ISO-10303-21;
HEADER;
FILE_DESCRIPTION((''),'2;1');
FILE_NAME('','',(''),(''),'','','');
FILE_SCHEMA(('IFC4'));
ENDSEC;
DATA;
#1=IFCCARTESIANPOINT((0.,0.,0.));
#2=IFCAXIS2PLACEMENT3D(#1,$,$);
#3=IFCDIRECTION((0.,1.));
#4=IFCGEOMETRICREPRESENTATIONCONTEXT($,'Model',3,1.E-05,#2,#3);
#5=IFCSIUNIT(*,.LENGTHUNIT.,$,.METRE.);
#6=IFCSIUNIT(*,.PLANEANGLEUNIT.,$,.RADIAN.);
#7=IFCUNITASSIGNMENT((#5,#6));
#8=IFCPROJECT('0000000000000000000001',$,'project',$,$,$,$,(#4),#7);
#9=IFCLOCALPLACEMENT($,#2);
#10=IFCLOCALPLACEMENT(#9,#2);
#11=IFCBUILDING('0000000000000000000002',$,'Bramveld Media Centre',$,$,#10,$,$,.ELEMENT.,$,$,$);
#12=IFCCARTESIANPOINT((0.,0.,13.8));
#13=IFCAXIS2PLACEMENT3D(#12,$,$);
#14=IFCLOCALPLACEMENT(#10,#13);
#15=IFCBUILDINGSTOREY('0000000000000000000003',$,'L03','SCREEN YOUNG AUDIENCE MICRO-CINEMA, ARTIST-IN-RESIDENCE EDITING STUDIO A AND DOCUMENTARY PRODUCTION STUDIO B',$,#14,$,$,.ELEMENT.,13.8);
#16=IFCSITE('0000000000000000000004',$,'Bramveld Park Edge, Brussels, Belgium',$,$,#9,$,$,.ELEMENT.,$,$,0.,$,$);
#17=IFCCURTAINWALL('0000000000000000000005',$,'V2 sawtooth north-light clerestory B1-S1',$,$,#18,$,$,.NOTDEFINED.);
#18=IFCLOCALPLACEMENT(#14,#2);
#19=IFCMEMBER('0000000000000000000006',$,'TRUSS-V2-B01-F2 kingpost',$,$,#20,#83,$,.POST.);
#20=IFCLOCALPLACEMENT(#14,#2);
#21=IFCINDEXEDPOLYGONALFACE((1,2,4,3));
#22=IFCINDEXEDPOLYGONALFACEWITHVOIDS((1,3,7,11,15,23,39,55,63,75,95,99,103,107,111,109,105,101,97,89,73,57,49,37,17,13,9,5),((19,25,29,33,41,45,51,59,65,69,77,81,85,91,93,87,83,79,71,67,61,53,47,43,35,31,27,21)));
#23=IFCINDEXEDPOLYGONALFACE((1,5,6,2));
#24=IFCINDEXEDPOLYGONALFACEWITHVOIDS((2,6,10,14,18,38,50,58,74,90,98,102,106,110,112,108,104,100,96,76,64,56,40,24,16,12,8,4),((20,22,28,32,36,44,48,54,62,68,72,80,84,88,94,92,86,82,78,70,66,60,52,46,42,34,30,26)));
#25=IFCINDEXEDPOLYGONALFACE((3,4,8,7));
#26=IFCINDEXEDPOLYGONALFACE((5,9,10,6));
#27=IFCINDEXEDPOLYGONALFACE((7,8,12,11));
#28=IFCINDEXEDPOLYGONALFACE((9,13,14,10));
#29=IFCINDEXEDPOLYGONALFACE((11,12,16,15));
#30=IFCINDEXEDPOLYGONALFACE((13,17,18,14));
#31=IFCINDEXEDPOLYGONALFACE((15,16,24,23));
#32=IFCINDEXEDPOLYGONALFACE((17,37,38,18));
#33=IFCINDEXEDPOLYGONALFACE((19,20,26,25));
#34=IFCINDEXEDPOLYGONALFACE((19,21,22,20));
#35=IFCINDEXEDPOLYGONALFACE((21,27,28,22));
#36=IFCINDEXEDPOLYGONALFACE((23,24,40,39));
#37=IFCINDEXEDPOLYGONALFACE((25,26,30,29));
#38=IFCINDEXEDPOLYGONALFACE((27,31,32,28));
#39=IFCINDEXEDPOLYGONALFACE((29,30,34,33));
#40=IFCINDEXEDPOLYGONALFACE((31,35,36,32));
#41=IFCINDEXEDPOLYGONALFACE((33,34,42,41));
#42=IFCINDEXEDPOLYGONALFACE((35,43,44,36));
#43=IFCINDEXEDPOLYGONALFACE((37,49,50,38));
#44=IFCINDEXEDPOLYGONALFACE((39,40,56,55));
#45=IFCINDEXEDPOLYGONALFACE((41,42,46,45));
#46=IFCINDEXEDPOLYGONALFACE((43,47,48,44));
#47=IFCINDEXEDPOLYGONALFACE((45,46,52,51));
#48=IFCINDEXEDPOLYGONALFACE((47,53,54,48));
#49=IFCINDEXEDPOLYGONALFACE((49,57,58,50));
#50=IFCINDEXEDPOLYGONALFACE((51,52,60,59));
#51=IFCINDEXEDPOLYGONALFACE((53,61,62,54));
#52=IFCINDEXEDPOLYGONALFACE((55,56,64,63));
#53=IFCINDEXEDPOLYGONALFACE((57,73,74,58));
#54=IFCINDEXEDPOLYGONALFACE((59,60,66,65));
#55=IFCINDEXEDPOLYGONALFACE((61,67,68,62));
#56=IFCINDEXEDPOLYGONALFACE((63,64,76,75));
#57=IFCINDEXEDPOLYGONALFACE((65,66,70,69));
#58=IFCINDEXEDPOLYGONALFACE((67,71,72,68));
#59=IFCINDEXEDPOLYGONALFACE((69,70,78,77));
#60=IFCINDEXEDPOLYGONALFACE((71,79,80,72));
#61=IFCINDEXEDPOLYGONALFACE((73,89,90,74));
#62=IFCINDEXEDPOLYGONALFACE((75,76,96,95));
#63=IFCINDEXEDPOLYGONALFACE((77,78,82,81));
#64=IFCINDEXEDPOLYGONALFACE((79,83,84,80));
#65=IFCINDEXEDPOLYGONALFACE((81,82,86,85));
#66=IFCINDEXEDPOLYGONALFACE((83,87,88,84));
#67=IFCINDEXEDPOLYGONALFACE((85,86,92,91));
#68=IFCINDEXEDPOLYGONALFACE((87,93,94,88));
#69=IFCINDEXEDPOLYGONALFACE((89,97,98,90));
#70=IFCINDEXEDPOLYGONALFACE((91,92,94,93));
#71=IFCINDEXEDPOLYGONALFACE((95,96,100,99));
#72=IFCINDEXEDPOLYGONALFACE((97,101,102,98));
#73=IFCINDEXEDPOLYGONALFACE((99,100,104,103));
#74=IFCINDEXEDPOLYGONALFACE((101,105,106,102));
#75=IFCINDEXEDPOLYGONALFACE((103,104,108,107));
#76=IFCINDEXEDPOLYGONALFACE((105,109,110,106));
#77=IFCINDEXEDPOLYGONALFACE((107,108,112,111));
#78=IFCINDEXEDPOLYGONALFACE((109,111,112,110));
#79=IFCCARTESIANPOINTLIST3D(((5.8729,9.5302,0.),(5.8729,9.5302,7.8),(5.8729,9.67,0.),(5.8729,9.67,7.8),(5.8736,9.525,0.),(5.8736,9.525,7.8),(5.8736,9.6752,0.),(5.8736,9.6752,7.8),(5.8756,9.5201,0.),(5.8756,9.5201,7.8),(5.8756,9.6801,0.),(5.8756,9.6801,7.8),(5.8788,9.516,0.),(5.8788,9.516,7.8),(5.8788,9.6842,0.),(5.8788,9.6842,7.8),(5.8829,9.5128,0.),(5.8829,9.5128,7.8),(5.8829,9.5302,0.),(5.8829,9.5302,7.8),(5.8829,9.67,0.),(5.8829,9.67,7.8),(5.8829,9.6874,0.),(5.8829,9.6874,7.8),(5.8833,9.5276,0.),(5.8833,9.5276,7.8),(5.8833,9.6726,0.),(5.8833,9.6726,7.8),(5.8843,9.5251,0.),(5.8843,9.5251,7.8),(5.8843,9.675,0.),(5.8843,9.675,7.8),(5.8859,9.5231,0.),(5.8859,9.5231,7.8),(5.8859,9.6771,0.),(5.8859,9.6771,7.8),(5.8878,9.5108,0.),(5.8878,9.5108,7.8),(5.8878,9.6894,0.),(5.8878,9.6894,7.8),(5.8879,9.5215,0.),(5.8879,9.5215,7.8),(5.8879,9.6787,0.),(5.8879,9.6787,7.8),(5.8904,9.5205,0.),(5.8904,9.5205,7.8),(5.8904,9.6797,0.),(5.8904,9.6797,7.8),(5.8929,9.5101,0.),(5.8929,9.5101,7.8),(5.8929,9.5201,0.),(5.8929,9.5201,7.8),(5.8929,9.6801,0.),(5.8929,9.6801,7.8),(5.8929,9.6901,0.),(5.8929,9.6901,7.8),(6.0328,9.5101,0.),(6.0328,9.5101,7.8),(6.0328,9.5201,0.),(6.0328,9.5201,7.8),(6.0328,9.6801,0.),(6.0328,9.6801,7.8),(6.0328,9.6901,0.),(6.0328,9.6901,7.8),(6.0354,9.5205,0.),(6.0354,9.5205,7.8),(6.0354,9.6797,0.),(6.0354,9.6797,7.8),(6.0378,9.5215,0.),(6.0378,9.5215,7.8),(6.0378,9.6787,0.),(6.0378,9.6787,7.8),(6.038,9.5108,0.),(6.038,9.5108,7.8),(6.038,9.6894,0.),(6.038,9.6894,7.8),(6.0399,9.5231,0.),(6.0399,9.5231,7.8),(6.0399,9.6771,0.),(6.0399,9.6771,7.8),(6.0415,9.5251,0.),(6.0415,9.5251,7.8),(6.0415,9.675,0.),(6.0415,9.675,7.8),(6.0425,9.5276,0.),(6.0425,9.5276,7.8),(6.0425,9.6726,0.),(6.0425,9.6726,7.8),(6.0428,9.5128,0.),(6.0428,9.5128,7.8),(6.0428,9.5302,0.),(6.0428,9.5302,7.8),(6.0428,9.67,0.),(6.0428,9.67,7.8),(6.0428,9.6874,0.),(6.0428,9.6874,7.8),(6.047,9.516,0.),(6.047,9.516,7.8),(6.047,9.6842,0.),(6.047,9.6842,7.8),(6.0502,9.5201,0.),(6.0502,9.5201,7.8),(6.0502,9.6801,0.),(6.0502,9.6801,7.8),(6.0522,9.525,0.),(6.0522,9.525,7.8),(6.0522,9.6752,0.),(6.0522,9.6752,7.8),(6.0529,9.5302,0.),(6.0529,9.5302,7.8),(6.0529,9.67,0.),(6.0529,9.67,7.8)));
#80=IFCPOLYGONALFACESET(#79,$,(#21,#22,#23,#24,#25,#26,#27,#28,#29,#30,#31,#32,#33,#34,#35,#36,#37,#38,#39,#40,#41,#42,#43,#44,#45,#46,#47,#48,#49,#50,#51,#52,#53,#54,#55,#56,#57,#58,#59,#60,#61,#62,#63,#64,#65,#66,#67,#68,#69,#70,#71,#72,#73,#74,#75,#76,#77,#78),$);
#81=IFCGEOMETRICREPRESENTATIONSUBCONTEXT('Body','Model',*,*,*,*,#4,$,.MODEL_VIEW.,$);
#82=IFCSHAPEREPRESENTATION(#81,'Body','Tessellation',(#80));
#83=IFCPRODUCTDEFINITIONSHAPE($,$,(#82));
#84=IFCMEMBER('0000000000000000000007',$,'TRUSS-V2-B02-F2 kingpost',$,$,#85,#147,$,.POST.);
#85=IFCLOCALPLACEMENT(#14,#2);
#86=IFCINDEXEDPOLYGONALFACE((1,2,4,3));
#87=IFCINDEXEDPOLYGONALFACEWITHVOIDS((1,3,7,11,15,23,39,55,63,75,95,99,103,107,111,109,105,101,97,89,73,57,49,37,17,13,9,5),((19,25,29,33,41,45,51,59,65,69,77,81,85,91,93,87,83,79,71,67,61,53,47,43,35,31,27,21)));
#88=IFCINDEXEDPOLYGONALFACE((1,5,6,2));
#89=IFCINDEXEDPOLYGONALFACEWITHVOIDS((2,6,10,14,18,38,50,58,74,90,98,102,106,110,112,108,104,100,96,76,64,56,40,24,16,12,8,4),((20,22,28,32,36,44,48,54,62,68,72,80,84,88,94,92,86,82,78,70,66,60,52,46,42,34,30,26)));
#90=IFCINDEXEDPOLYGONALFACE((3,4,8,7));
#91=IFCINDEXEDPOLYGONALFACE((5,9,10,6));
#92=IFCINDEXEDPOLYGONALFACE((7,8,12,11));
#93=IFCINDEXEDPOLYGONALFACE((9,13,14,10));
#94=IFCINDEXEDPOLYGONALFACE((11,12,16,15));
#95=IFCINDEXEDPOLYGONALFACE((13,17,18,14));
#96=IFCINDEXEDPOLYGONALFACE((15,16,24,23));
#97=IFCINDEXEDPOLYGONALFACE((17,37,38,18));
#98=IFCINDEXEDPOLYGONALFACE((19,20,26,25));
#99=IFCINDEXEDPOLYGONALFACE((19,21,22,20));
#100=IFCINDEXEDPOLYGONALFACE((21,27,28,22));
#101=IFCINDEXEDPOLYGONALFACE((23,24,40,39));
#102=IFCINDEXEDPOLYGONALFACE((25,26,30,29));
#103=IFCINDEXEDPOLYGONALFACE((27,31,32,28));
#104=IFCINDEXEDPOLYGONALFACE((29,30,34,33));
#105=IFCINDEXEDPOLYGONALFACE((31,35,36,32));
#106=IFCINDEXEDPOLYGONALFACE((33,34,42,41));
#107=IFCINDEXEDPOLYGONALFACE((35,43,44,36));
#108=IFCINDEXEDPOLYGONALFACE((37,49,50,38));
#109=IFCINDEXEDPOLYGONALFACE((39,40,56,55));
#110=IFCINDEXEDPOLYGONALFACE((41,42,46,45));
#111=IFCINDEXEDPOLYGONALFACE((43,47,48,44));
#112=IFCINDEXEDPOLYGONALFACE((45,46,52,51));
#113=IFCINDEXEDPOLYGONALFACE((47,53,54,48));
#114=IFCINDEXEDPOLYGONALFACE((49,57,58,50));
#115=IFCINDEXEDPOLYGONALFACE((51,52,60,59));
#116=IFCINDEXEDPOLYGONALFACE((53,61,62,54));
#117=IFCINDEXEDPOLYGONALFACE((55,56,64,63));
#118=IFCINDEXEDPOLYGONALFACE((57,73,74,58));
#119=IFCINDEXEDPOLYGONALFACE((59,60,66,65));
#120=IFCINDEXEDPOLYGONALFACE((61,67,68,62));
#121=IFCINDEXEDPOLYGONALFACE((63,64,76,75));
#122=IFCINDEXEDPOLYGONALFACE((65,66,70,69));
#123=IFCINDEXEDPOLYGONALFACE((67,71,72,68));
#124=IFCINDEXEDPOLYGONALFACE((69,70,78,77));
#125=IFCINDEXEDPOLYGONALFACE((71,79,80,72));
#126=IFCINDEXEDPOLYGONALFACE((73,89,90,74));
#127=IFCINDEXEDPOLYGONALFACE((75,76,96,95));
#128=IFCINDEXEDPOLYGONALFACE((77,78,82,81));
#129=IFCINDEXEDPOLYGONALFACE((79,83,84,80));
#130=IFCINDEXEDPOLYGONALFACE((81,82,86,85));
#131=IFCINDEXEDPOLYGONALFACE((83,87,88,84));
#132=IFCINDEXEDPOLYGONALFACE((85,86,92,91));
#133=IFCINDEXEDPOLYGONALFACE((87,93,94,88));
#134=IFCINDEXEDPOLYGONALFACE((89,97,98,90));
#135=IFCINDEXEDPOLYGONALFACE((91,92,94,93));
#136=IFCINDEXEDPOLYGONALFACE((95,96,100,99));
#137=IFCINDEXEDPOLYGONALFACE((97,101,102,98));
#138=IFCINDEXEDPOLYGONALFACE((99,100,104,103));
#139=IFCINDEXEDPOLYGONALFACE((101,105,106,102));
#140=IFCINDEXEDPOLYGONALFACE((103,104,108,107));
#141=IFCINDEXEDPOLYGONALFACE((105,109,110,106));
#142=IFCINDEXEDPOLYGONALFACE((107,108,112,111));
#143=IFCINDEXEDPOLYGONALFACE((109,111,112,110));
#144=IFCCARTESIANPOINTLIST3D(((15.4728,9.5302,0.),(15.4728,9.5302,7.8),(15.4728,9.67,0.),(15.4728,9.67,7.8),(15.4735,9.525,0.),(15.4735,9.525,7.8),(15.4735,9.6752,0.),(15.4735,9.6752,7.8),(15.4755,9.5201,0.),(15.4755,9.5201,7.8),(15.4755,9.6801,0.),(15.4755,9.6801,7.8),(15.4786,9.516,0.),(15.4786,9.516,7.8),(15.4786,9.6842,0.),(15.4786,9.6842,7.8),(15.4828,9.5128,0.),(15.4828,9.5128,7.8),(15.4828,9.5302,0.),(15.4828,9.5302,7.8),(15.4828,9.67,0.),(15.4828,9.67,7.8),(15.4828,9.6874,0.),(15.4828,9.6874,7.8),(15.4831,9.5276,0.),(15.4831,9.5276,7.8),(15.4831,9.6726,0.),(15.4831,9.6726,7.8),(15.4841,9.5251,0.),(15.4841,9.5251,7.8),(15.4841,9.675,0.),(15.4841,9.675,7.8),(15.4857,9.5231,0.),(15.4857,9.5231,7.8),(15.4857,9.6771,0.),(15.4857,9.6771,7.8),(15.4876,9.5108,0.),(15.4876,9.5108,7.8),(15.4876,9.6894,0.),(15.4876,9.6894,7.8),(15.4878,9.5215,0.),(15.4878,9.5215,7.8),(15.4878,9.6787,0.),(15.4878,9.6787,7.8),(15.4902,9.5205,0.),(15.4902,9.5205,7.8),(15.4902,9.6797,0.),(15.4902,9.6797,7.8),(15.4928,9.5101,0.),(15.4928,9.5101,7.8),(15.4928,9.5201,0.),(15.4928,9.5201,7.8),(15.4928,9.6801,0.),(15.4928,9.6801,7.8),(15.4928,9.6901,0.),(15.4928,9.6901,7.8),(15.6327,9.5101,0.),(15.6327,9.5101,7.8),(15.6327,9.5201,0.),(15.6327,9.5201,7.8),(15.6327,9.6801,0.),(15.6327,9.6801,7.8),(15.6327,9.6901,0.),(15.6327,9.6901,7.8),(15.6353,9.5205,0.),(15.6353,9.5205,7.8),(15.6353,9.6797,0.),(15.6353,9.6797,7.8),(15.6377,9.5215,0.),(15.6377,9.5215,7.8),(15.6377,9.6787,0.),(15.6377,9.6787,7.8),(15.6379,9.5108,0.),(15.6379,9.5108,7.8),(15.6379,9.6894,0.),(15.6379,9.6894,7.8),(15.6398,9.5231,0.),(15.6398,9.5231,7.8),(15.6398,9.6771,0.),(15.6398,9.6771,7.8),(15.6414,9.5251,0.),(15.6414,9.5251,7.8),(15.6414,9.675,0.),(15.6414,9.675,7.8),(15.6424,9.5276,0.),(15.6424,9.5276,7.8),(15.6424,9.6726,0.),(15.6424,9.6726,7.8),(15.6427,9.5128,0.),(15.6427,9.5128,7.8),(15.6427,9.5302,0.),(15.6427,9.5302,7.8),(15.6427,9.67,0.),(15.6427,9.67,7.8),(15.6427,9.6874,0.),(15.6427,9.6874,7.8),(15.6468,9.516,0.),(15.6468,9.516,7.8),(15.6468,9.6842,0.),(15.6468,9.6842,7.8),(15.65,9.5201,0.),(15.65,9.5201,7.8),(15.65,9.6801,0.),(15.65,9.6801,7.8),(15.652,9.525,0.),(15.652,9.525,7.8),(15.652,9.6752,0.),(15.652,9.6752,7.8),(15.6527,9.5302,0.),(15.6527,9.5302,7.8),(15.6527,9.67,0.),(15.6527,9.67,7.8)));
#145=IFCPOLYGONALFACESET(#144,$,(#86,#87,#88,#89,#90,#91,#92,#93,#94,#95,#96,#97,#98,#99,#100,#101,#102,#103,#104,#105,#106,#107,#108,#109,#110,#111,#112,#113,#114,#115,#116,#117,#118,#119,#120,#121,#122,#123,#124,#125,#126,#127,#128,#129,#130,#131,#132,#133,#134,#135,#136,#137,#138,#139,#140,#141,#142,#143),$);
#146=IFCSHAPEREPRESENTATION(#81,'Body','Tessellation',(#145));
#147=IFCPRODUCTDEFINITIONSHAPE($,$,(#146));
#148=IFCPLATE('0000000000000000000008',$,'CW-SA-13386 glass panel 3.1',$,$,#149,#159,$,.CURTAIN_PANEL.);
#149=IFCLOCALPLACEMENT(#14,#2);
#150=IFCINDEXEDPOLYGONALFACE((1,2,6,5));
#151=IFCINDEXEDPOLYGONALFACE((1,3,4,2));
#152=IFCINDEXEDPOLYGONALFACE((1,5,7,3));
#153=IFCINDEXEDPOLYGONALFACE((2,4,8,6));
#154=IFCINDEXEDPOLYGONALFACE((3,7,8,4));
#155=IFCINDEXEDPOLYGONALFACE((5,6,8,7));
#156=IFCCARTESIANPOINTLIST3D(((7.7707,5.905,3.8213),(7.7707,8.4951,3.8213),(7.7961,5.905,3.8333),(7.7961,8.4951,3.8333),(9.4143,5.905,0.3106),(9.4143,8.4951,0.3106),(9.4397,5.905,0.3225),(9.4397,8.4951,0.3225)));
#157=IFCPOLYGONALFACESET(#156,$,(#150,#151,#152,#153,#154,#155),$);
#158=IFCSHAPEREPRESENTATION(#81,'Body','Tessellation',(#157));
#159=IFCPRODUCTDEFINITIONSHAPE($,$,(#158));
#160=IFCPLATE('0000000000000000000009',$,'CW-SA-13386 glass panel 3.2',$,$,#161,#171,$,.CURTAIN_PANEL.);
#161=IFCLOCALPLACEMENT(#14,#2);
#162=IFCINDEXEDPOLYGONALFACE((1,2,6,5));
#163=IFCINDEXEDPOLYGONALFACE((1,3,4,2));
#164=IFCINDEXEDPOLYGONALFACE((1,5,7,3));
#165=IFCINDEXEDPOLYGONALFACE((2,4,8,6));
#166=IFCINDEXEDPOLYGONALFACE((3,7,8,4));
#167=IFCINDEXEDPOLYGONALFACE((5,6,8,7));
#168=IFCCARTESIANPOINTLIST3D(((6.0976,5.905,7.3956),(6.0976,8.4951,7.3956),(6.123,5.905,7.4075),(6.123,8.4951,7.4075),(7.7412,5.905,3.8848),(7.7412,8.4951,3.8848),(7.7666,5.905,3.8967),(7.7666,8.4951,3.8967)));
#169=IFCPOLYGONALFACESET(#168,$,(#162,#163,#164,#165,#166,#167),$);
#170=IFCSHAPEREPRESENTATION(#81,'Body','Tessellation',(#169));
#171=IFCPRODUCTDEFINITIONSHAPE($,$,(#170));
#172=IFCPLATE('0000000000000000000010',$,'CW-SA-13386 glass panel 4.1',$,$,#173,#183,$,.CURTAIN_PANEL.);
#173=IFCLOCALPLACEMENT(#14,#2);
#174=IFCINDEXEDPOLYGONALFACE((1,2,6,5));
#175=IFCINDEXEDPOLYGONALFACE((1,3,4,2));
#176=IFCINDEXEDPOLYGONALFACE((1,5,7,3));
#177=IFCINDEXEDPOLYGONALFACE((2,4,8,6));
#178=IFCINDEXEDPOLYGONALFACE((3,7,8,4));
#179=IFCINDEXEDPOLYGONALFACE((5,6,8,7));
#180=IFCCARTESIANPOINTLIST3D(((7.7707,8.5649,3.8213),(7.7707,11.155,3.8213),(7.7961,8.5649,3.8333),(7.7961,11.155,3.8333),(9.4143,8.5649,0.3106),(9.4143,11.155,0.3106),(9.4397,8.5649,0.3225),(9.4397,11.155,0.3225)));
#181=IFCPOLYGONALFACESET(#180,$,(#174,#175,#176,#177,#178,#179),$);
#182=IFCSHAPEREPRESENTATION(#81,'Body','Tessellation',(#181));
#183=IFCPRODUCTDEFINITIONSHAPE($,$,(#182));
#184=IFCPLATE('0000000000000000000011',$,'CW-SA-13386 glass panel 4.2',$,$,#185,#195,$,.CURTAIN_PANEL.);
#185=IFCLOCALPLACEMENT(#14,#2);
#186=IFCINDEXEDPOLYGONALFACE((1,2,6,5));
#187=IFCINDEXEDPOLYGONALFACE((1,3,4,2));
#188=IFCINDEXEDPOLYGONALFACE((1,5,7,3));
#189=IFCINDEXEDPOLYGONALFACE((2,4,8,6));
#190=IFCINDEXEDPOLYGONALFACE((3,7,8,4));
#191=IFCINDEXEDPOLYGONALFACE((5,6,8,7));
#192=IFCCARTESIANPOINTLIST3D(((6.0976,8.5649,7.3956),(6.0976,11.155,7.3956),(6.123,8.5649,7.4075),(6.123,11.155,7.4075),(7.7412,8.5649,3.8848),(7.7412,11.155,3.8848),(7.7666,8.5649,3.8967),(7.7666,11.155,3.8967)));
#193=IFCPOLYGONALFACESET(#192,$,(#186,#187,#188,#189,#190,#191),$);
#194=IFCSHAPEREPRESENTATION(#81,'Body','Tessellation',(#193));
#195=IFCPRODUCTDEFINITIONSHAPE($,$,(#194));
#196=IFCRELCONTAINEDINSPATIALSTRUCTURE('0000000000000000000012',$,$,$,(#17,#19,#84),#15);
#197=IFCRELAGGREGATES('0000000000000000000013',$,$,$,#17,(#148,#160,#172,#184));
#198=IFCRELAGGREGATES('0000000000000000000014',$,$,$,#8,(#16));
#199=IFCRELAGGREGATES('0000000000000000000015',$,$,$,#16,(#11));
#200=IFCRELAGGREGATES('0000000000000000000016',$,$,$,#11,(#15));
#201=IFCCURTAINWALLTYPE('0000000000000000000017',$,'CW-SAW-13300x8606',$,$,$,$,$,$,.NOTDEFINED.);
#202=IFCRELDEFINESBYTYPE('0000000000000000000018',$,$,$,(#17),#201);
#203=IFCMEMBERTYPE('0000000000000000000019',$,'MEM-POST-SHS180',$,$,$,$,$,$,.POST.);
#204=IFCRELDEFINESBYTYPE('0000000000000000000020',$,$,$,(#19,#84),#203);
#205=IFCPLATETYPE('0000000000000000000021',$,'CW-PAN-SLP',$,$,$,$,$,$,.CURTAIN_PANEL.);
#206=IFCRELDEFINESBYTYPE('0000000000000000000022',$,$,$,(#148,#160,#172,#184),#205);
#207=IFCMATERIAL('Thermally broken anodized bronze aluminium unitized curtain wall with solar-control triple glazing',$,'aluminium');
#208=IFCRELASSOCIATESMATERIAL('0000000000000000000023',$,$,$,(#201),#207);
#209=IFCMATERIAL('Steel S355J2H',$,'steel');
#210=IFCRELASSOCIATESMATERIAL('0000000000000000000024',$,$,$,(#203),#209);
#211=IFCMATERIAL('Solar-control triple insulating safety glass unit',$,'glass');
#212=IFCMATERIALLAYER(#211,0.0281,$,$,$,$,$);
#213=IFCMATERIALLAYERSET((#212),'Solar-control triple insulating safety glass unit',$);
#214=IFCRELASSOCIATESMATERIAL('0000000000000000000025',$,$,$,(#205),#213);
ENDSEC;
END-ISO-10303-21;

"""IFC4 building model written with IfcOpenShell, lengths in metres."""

from ifc_helpers import new_model, si_unit, direction, frame, origin, origin_2d, place, context, subcontext, project, spatial, polyline, hollow_rectangle, outline, extrude, material, layer, layer_set, material_profile, profile_set, type_object, element, aggregate, save


model = new_model("IFC4")

# Units and contexts
model_context = context("Model", 3, precision=1e-05, world=origin(), true_north=direction((0.0, 1.0)))
body_context = subcontext(model_context, "Body", "Model", "MODEL_VIEW")
ifc_project = project(units=[si_unit("LENGTHUNIT", "METRE"), si_unit("PLANEANGLEUNIT", "RADIAN")], contexts=[model_context])

# Site, building, storey
site_placement = place(None, origin())
site = spatial("IfcSite", under=ifc_project, at=site_placement, Name="Bramveld Park Edge, Brussels, Belgium", CompositionType="ELEMENT", RefElevation=0.0)
building_placement = place(site_placement, origin())
building = spatial("IfcBuilding", under=site, at=building_placement, Name="Bramveld Media Centre", CompositionType="ELEMENT")
storey_placement = place(building_placement, frame((0.0, 0.0, 13.8)))
storey = spatial("IfcBuildingStorey", under=building, at=storey_placement, Name="L03", Description="SCREEN YOUNG AUDIENCE MICRO-CINEMA, ARTIST-IN-RESIDENCE EDITING STUDIO A AND DOCUMENTARY PRODUCTION STUDIO B", CompositionType="ELEMENT", Elevation=13.8)

# Curtain wall
ifc_material_1 = material(Name="Thermally broken anodized bronze aluminium unitized curtain wall with solar-control triple glazing", Category="aluminium")
curtain_wall_type = type_object("IfcCurtainWallType", Name="CW-SAW-13300x8606", PredefinedType="NOTDEFINED", material=ifc_material_1)
curtain_wall_1_placement = place(storey_placement, origin())
curtain_wall_1 = element("IfcCurtainWall", 1, at=curtain_wall_1_placement, inside=storey, type_object=curtain_wall_type, Name="V2 sawtooth north-light clerestory B1-S1", PredefinedType="NOTDEFINED")

# Members
ifc_material_2 = material(Name="Steel S355J2H", Category="steel")
ifc_material_profile_1 = material_profile(ifc_material_2, hollow_rectangle(XDim=0.1799, YDim=0.1799, WallThickness=0.01, InnerFilletRadius=0.01, OuterFilletRadius=0.02, at=origin_2d()), Name="SHS 180x180x10")
ifc_profile_set_1 = profile_set([ifc_material_profile_1], Name="Steel S355J2H")
member_type_1 = type_object("IfcMemberType", Name="MEM-POST-SHS180", PredefinedType="POST", material=ifc_profile_set_1)
for number, where, z_axis, x_axis, name in (
    (2, (5.9629, 9.6001, 0.0), (0.0, 0.0, 1.0), (1.0, 0.0, 0.0), "TRUSS-V2-B01-F2 kingpost"),
    (3, (15.5627, 9.6001, 0.0), (0.0, 0.0, 1.0), (1.0, 0.0, 0.0), "TRUSS-V2-B02-F2 kingpost"),
):
    element("IfcMember", number, at=place(storey_placement, frame(where, z_axis=z_axis, x_axis=x_axis)), inside=storey, type_object=member_type_1, Name=name, PredefinedType="POST", context=body_context, shape_type="SweptSolid", body=[
        extrude(hollow_rectangle(XDim=0.1799, YDim=0.1799, WallThickness=0.01, InnerFilletRadius=0.01, OuterFilletRadius=0.02, at=origin_2d()), origin(), (0.0, 0.0, 1.0), 7.8),
    ])

# Plates
ifc_material_3 = material(Name="Solar-control triple insulating safety glass unit", Category="glass")
ifc_layer_1 = layer(ifc_material_3, 0.0281)
ifc_layer_set_1 = layer_set([ifc_layer_1], Name="Solar-control triple insulating safety glass unit")
plate_type_1 = type_object("IfcPlateType", Name="CW-PAN-SLP", PredefinedType="CURTAIN_PANEL", material=ifc_layer_set_1)
plate_1_placement = place(storey_placement, frame((9.4397, 5.905, 0.3225), z_axis=(0.905668, 0.0, 0.423988), x_axis=(0.0, 1.0, 0.0)))
plate_1 = element("IfcPlate", 4, at=plate_1_placement, type_object=plate_type_1, Name="CW-SA-13386 glass panel 3.1", PredefinedType="CURTAIN_PANEL", context=body_context, shape_type="SweptSolid", body=[
    extrude(outline(polyline([(0.0, 0.0), (2.5901, 0.0), (2.5901, 3.8764), (0.0, 3.8764), (0.0, 0.0)])), origin(), (0.0, 0.0, -1.0), 0.0281),
])
plate_2_placement = place(storey_placement, frame((7.7666, 5.905, 3.8967), z_axis=(0.905668, 0.0, 0.423988), x_axis=(0.0, 1.0, 0.0)))
plate_2 = element("IfcPlate", 5, at=plate_2_placement, type_object=plate_type_1, Name="CW-SA-13386 glass panel 3.2", PredefinedType="CURTAIN_PANEL", context=body_context, shape_type="SweptSolid", body=[
    extrude(outline(polyline([(0.0, 0.0), (2.5901, 0.0), (2.5901, 3.8764), (0.0, 3.8764), (0.0, 0.0)])), origin(), (0.0, 0.0, -1.0), 0.0281),
])
plate_3_placement = place(storey_placement, frame((9.4397, 8.5649, 0.3225), z_axis=(0.905668, 0.0, 0.423988), x_axis=(0.0, 1.0, 0.0)))
plate_3 = element("IfcPlate", 6, at=plate_3_placement, type_object=plate_type_1, Name="CW-SA-13386 glass panel 4.1", PredefinedType="CURTAIN_PANEL", context=body_context, shape_type="SweptSolid", body=[
    extrude(outline(polyline([(0.0, 0.0), (2.5901, 0.0), (2.5901, 3.8764), (0.0, 3.8764), (0.0, 0.0)])), origin(), (0.0, 0.0, -1.0), 0.0281),
])
plate_4_placement = place(storey_placement, frame((7.7666, 8.5649, 3.8967), z_axis=(0.905668, 0.0, 0.423988), x_axis=(0.0, 1.0, 0.0)))
plate_4 = element("IfcPlate", 7, at=plate_4_placement, type_object=plate_type_1, Name="CW-SA-13386 glass panel 4.2", PredefinedType="CURTAIN_PANEL", context=body_context, shape_type="SweptSolid", body=[
    extrude(outline(polyline([(0.0, 0.0), (2.5901, 0.0), (2.5901, 3.8764), (0.0, 3.8764), (0.0, 0.0)])), origin(), (0.0, 0.0, -1.0), 0.0281),
])
aggregate(curtain_wall_1, [plate_1, plate_2, plate_3, plate_4])

save(model, "model.ifc")
